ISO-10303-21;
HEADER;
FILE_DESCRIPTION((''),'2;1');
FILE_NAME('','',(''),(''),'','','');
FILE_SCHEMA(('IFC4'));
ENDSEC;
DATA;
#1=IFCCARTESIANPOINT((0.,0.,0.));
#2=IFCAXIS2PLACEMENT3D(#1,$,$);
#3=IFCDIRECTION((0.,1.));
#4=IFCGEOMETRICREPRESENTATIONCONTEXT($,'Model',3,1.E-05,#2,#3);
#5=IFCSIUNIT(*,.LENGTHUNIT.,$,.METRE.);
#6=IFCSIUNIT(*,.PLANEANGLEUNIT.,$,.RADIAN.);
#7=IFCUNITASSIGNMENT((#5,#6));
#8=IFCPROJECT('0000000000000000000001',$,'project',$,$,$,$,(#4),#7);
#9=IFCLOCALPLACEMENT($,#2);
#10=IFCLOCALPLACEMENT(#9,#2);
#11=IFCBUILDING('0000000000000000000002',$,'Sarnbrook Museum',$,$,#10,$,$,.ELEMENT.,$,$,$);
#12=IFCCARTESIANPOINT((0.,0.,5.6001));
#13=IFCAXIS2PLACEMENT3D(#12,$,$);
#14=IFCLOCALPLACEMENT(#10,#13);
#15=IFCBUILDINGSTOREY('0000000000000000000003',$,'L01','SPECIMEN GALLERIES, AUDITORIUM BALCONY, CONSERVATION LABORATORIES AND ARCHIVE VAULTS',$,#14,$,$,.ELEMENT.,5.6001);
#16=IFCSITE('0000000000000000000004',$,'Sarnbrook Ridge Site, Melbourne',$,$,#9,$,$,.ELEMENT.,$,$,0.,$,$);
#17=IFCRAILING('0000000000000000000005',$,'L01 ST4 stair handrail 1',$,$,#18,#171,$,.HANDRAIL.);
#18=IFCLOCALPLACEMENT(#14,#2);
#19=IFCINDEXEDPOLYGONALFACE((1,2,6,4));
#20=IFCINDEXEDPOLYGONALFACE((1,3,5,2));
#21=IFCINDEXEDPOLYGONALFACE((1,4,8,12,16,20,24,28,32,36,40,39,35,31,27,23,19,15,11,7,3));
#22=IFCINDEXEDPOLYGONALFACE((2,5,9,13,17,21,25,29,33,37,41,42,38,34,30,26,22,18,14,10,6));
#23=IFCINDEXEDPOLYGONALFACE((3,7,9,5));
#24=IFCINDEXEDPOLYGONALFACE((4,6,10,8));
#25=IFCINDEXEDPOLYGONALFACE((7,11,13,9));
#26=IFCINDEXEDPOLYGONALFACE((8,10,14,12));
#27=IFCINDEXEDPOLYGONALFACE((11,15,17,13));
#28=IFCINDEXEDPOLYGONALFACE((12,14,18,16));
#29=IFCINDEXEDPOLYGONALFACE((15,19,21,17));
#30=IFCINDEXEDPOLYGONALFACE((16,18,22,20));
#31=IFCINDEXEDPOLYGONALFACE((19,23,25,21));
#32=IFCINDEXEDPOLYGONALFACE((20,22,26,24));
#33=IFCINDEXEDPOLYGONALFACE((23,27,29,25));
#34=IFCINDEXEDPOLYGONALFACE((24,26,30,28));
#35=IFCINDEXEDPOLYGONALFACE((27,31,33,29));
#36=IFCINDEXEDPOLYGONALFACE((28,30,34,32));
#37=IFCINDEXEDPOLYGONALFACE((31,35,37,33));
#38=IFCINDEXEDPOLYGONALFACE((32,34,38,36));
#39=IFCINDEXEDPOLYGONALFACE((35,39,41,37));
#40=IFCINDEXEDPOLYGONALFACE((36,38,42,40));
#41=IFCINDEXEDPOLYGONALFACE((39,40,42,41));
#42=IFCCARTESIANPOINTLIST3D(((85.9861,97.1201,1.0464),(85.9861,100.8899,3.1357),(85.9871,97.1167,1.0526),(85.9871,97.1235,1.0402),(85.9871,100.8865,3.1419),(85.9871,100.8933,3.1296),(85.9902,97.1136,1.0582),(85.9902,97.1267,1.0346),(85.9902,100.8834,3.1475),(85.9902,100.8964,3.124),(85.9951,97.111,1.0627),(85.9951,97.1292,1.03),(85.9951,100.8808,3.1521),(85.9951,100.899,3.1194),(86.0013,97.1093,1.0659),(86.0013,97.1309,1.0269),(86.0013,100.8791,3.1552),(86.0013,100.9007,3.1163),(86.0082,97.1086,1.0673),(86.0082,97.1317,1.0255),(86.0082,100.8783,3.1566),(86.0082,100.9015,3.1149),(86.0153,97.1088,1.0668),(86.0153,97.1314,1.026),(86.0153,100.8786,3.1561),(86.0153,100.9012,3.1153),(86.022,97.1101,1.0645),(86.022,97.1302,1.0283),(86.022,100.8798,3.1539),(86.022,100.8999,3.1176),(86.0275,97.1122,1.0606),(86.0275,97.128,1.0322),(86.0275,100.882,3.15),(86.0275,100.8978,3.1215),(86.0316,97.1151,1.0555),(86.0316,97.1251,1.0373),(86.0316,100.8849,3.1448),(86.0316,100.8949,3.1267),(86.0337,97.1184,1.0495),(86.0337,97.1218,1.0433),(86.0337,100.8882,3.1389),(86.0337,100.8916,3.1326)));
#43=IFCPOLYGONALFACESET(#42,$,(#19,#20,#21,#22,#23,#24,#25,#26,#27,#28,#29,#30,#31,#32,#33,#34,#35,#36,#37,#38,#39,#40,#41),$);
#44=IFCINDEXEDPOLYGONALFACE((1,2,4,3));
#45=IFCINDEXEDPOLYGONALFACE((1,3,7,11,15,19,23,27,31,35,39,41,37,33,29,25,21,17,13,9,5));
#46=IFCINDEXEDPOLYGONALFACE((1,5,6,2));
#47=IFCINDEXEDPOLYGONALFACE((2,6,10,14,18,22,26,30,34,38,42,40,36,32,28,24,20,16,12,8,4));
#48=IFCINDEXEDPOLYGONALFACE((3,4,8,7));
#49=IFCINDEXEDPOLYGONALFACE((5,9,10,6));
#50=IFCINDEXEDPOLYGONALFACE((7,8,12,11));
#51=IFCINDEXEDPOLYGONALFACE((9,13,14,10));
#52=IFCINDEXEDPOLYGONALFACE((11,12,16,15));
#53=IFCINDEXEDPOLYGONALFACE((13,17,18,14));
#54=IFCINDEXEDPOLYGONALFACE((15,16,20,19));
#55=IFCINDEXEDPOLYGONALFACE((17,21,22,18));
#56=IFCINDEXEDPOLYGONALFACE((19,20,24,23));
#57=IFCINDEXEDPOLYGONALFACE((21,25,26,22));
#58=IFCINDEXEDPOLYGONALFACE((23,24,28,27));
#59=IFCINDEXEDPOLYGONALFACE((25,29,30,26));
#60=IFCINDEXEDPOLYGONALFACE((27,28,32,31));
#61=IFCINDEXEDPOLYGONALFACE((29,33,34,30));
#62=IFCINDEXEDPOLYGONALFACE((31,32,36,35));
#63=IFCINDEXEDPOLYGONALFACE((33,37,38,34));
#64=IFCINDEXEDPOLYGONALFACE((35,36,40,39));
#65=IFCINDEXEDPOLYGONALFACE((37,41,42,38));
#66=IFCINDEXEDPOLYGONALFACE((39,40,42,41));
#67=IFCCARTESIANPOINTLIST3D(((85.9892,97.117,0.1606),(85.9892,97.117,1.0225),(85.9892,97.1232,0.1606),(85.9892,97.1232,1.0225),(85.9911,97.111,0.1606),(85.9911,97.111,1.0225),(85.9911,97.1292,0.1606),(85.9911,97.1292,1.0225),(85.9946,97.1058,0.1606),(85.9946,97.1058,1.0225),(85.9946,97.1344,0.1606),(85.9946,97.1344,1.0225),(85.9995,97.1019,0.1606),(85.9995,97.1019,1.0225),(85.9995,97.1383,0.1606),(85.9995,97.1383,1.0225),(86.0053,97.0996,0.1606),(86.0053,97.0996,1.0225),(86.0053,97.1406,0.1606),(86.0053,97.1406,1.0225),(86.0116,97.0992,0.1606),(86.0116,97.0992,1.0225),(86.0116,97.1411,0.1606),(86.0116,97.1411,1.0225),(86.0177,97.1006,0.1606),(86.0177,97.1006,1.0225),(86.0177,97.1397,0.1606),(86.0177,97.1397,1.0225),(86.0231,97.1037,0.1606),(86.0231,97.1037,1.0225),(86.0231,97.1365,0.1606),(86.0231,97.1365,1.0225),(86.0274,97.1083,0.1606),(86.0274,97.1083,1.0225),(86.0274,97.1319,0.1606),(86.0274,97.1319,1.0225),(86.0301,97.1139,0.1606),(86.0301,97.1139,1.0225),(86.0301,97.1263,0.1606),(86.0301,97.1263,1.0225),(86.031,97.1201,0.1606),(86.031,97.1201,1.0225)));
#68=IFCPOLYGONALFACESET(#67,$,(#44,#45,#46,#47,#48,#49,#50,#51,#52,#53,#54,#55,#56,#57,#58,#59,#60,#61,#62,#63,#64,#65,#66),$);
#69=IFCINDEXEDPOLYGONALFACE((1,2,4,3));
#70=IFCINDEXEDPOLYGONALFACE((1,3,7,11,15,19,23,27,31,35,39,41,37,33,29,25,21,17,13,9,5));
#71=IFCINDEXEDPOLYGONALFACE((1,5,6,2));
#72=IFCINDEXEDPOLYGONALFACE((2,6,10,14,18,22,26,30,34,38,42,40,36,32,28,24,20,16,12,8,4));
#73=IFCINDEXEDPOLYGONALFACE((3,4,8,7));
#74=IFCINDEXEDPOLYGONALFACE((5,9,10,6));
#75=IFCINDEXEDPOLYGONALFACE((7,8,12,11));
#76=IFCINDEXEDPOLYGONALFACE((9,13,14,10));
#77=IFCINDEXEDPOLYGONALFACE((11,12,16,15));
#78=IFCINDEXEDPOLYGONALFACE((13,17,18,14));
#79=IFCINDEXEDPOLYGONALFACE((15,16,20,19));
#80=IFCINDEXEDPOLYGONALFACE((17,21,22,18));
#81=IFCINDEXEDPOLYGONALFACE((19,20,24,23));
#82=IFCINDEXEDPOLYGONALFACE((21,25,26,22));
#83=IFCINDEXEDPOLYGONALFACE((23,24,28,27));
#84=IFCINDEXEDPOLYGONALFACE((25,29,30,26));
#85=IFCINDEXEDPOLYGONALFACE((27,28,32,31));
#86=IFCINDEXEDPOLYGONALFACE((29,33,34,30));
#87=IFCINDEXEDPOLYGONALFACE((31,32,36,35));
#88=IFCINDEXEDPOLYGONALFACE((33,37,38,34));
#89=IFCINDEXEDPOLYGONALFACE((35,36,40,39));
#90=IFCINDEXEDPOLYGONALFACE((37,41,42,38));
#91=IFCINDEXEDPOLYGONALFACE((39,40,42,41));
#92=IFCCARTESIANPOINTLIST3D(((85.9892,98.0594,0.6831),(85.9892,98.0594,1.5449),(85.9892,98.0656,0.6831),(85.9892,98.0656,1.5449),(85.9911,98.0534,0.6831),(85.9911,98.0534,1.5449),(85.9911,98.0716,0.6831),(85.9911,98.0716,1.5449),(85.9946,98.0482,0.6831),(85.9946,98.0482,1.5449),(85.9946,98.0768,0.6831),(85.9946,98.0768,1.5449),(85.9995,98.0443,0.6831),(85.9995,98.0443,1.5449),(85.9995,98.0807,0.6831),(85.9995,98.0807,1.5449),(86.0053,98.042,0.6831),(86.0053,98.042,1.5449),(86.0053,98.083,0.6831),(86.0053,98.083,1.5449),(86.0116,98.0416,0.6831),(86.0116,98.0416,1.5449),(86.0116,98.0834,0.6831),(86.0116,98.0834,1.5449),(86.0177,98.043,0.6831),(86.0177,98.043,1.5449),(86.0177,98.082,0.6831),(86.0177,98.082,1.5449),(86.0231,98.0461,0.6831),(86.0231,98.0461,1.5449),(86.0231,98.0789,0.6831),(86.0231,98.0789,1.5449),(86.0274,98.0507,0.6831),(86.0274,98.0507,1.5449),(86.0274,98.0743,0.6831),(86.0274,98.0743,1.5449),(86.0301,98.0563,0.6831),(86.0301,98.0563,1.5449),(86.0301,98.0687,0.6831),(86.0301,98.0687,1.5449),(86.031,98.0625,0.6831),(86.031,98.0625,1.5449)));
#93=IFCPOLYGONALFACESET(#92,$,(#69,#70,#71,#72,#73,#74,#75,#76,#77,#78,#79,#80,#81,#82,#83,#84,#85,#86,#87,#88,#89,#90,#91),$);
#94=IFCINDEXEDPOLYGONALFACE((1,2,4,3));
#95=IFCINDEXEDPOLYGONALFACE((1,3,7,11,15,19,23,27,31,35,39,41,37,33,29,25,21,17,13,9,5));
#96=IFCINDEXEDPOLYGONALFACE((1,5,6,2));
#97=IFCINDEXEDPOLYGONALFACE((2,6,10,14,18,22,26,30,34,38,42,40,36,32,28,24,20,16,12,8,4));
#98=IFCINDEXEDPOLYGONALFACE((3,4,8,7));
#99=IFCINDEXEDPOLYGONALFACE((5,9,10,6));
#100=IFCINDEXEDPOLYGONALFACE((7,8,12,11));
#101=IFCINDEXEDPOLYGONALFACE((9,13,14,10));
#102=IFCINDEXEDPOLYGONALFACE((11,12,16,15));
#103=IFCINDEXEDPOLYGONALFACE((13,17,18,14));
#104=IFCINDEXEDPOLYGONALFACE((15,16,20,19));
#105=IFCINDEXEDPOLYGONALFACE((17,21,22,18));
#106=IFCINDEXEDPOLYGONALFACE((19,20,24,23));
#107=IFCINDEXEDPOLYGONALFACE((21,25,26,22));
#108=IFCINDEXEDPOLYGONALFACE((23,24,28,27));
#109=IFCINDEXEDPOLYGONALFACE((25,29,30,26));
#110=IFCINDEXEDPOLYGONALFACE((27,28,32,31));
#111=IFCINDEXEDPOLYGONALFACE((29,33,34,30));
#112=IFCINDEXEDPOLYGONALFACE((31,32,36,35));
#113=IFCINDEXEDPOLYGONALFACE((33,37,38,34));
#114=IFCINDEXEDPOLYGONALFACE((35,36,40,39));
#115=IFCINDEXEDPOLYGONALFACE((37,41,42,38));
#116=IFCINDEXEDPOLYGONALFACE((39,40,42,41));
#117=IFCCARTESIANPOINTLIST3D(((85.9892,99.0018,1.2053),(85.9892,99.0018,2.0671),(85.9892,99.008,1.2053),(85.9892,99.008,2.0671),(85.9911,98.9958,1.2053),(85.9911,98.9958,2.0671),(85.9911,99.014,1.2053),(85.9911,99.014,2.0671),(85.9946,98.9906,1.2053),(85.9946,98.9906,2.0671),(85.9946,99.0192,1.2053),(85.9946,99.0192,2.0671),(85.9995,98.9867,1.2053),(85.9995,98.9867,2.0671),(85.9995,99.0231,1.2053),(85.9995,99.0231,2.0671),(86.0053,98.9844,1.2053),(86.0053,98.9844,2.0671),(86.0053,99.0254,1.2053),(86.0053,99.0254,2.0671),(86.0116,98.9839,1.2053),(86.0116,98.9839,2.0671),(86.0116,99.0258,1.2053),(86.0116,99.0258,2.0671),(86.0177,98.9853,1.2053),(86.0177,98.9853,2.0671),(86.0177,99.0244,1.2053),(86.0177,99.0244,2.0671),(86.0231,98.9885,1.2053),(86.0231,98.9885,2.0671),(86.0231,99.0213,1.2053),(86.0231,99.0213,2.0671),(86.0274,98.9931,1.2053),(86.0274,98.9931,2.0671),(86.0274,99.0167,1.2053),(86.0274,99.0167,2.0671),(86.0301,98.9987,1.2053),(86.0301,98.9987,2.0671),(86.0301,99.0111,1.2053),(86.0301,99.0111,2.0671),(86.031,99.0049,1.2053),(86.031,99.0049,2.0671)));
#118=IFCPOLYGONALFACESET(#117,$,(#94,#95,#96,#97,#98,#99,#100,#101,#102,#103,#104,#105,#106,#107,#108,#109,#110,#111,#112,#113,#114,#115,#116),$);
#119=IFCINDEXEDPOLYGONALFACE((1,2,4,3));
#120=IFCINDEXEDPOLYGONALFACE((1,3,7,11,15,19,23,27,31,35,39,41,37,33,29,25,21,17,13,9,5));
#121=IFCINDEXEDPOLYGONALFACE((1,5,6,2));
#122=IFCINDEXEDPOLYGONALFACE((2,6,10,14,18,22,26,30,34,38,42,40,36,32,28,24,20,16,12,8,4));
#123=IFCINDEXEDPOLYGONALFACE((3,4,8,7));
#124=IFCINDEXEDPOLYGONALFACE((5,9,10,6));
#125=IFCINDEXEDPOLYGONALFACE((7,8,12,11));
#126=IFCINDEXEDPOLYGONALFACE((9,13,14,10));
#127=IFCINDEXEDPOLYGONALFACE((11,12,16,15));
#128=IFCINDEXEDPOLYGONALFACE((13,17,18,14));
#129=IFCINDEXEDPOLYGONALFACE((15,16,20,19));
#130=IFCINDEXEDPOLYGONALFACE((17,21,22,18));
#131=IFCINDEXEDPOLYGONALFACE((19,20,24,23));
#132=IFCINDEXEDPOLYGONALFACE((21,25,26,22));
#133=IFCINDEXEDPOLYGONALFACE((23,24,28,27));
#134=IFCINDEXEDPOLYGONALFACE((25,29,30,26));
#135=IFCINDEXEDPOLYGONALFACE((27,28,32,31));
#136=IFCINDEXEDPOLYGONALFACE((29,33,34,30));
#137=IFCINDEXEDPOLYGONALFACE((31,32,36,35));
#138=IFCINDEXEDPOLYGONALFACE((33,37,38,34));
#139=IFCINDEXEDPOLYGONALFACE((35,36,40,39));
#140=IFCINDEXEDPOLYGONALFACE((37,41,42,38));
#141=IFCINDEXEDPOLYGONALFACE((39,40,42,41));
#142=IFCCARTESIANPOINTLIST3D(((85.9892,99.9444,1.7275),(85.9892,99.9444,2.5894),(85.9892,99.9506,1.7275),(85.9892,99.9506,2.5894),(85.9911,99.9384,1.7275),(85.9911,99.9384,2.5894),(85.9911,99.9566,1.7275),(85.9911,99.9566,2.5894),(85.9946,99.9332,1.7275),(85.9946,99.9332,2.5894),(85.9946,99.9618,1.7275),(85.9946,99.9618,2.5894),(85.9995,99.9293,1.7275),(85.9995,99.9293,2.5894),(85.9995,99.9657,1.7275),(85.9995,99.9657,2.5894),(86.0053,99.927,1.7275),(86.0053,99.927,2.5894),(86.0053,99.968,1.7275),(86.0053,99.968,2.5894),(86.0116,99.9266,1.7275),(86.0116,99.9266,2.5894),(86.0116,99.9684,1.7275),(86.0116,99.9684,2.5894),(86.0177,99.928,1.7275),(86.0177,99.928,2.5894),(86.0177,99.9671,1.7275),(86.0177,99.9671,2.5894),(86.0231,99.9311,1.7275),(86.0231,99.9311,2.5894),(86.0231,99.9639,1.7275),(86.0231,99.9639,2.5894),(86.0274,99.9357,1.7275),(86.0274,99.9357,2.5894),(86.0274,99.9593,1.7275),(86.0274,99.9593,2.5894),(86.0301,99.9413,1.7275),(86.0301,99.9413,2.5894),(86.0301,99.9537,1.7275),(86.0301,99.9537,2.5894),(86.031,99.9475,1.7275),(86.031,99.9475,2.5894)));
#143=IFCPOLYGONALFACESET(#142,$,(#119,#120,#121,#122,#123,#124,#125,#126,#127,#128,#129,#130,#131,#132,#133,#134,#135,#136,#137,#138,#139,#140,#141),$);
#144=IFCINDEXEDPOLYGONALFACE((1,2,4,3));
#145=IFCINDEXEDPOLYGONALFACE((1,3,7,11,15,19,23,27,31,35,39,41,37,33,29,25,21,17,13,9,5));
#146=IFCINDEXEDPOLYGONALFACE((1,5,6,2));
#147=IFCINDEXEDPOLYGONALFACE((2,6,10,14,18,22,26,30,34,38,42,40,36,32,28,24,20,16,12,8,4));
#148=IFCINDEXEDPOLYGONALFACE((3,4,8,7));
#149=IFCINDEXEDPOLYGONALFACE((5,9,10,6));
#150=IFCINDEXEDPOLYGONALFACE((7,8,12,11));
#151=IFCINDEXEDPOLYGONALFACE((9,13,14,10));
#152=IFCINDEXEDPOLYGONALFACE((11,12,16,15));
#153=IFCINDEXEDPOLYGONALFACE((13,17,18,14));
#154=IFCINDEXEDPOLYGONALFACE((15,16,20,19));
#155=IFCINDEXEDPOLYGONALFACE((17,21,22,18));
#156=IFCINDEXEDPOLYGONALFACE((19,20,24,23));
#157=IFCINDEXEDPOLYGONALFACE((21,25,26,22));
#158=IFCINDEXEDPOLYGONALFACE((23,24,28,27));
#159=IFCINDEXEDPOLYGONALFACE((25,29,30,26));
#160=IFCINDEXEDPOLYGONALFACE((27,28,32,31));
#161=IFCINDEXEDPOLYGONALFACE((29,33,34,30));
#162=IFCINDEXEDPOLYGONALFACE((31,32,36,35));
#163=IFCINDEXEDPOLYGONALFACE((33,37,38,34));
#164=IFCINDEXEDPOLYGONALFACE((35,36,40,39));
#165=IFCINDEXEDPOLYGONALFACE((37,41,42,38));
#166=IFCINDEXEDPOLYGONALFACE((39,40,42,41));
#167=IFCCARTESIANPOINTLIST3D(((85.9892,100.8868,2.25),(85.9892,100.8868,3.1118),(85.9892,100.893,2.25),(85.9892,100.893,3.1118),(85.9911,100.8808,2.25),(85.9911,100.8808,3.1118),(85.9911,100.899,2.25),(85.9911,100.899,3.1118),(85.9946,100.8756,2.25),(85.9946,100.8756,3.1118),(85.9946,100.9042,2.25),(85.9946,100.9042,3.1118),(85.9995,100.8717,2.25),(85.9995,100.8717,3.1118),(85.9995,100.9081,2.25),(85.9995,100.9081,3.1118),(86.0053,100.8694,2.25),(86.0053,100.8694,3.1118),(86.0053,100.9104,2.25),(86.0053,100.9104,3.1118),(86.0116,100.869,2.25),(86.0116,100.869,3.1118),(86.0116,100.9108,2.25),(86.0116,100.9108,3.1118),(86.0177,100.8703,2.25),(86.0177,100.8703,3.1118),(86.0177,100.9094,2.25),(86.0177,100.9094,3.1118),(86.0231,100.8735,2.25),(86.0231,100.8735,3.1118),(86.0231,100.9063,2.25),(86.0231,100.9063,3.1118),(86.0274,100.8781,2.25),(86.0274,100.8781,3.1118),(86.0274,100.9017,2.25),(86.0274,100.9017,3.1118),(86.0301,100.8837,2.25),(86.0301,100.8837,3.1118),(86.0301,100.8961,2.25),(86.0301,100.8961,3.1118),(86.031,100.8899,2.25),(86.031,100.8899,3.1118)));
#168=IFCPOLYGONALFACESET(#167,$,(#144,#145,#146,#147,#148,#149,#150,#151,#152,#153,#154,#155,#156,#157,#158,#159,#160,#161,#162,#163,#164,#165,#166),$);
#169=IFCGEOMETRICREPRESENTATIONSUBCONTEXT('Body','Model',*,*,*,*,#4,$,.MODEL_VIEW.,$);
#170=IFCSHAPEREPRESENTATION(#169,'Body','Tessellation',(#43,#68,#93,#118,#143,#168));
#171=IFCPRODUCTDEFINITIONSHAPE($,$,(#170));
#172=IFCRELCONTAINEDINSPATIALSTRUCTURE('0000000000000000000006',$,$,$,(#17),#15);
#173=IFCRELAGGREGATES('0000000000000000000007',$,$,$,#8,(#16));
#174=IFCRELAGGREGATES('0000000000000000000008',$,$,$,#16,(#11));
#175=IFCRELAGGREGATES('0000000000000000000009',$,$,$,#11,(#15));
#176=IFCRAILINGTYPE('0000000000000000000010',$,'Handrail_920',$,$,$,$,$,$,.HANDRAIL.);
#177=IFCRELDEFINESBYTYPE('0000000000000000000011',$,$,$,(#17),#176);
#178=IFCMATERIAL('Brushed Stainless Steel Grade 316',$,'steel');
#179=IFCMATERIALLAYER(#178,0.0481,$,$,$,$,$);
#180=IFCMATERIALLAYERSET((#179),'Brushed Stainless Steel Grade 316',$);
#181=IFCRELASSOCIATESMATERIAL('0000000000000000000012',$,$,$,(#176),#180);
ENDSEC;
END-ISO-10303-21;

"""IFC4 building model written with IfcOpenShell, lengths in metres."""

from ifc_helpers import new_model, si_unit, direction, frame, origin, origin_2d, place, context, subcontext, project, spatial, circle, extrude, material, layer, layer_set, type_object, element, save


model = new_model("IFC4")

# Units and contexts
model_context = context("Model", 3, precision=1e-05, world=origin(), true_north=direction((0.0, 1.0)))
body_context = subcontext(model_context, "Body", "Model", "MODEL_VIEW")
ifc_project = project(units=[si_unit("LENGTHUNIT", "METRE"), si_unit("PLANEANGLEUNIT", "RADIAN")], contexts=[model_context])

# Site, building, storey
site_placement = place(None, origin())
site = spatial("IfcSite", under=ifc_project, at=site_placement, Name="Sarnbrook Ridge Site, Melbourne", CompositionType="ELEMENT", RefElevation=0.0)
building_placement = place(site_placement, origin())
building = spatial("IfcBuilding", under=site, at=building_placement, Name="Sarnbrook Museum", CompositionType="ELEMENT")
storey_placement = place(building_placement, frame((0.0, 0.0, 5.6001)))
storey = spatial("IfcBuildingStorey", under=building, at=storey_placement, Name="L01", Description="SPECIMEN GALLERIES, AUDITORIUM BALCONY, CONSERVATION LABORATORIES AND ARCHIVE VAULTS", CompositionType="ELEMENT", Elevation=5.6001)

# Shared definitions
ifc_material_1 = material(Name="Brushed Stainless Steel Grade 316", Category="steel")

# Railing
ifc_layer_1 = layer(ifc_material_1, 0.0481)
ifc_layer_set_1 = layer_set([ifc_layer_1], Name="Brushed Stainless Steel Grade 316")
railing_type_1 = type_object("IfcRailingType", Name="Handrail_920", PredefinedType="HANDRAIL", material=ifc_layer_set_1)
railing_1_placement = place(storey_placement, frame((86.01, 97.1201, 0.1606)))
element("IfcRailing", 1, at=railing_1_placement, inside=storey, type_object=railing_type_1, Name="L01 ST4 stair handrail 1", PredefinedType="HANDRAIL", context=body_context, shape_type="SweptSolid", body=[
    extrude(circle(Radius=0.0239, at=origin_2d()), frame((0.0, 0.0, 0.8857), z_axis=(0.0, 0.874646, 0.484763), x_axis=(-1.0, 0.0, 0.0)), (0.0, 0.0, 1.0), 4.3101),
    extrude(circle(Radius=0.021, at=origin_2d()), origin(), (0.0, 0.0, 1.0), 0.8618),
    extrude(circle(Radius=0.021, at=origin_2d()), frame((0.0, 0.9424, 0.5225)), (0.0, 0.0, 1.0), 0.8618),
    extrude(circle(Radius=0.021, at=origin_2d()), frame((0.0, 1.8848, 1.0447)), (0.0, 0.0, 1.0), 0.8618),
    extrude(circle(Radius=0.021, at=origin_2d()), frame((0.0, 2.8274, 1.5669)), (0.0, 0.0, 1.0), 0.8618),
    extrude(circle(Radius=0.021, at=origin_2d()), frame((0.0, 3.7698, 2.0894)), (0.0, 0.0, 1.0), 0.8618),
])

save(model, "model.ifc")
